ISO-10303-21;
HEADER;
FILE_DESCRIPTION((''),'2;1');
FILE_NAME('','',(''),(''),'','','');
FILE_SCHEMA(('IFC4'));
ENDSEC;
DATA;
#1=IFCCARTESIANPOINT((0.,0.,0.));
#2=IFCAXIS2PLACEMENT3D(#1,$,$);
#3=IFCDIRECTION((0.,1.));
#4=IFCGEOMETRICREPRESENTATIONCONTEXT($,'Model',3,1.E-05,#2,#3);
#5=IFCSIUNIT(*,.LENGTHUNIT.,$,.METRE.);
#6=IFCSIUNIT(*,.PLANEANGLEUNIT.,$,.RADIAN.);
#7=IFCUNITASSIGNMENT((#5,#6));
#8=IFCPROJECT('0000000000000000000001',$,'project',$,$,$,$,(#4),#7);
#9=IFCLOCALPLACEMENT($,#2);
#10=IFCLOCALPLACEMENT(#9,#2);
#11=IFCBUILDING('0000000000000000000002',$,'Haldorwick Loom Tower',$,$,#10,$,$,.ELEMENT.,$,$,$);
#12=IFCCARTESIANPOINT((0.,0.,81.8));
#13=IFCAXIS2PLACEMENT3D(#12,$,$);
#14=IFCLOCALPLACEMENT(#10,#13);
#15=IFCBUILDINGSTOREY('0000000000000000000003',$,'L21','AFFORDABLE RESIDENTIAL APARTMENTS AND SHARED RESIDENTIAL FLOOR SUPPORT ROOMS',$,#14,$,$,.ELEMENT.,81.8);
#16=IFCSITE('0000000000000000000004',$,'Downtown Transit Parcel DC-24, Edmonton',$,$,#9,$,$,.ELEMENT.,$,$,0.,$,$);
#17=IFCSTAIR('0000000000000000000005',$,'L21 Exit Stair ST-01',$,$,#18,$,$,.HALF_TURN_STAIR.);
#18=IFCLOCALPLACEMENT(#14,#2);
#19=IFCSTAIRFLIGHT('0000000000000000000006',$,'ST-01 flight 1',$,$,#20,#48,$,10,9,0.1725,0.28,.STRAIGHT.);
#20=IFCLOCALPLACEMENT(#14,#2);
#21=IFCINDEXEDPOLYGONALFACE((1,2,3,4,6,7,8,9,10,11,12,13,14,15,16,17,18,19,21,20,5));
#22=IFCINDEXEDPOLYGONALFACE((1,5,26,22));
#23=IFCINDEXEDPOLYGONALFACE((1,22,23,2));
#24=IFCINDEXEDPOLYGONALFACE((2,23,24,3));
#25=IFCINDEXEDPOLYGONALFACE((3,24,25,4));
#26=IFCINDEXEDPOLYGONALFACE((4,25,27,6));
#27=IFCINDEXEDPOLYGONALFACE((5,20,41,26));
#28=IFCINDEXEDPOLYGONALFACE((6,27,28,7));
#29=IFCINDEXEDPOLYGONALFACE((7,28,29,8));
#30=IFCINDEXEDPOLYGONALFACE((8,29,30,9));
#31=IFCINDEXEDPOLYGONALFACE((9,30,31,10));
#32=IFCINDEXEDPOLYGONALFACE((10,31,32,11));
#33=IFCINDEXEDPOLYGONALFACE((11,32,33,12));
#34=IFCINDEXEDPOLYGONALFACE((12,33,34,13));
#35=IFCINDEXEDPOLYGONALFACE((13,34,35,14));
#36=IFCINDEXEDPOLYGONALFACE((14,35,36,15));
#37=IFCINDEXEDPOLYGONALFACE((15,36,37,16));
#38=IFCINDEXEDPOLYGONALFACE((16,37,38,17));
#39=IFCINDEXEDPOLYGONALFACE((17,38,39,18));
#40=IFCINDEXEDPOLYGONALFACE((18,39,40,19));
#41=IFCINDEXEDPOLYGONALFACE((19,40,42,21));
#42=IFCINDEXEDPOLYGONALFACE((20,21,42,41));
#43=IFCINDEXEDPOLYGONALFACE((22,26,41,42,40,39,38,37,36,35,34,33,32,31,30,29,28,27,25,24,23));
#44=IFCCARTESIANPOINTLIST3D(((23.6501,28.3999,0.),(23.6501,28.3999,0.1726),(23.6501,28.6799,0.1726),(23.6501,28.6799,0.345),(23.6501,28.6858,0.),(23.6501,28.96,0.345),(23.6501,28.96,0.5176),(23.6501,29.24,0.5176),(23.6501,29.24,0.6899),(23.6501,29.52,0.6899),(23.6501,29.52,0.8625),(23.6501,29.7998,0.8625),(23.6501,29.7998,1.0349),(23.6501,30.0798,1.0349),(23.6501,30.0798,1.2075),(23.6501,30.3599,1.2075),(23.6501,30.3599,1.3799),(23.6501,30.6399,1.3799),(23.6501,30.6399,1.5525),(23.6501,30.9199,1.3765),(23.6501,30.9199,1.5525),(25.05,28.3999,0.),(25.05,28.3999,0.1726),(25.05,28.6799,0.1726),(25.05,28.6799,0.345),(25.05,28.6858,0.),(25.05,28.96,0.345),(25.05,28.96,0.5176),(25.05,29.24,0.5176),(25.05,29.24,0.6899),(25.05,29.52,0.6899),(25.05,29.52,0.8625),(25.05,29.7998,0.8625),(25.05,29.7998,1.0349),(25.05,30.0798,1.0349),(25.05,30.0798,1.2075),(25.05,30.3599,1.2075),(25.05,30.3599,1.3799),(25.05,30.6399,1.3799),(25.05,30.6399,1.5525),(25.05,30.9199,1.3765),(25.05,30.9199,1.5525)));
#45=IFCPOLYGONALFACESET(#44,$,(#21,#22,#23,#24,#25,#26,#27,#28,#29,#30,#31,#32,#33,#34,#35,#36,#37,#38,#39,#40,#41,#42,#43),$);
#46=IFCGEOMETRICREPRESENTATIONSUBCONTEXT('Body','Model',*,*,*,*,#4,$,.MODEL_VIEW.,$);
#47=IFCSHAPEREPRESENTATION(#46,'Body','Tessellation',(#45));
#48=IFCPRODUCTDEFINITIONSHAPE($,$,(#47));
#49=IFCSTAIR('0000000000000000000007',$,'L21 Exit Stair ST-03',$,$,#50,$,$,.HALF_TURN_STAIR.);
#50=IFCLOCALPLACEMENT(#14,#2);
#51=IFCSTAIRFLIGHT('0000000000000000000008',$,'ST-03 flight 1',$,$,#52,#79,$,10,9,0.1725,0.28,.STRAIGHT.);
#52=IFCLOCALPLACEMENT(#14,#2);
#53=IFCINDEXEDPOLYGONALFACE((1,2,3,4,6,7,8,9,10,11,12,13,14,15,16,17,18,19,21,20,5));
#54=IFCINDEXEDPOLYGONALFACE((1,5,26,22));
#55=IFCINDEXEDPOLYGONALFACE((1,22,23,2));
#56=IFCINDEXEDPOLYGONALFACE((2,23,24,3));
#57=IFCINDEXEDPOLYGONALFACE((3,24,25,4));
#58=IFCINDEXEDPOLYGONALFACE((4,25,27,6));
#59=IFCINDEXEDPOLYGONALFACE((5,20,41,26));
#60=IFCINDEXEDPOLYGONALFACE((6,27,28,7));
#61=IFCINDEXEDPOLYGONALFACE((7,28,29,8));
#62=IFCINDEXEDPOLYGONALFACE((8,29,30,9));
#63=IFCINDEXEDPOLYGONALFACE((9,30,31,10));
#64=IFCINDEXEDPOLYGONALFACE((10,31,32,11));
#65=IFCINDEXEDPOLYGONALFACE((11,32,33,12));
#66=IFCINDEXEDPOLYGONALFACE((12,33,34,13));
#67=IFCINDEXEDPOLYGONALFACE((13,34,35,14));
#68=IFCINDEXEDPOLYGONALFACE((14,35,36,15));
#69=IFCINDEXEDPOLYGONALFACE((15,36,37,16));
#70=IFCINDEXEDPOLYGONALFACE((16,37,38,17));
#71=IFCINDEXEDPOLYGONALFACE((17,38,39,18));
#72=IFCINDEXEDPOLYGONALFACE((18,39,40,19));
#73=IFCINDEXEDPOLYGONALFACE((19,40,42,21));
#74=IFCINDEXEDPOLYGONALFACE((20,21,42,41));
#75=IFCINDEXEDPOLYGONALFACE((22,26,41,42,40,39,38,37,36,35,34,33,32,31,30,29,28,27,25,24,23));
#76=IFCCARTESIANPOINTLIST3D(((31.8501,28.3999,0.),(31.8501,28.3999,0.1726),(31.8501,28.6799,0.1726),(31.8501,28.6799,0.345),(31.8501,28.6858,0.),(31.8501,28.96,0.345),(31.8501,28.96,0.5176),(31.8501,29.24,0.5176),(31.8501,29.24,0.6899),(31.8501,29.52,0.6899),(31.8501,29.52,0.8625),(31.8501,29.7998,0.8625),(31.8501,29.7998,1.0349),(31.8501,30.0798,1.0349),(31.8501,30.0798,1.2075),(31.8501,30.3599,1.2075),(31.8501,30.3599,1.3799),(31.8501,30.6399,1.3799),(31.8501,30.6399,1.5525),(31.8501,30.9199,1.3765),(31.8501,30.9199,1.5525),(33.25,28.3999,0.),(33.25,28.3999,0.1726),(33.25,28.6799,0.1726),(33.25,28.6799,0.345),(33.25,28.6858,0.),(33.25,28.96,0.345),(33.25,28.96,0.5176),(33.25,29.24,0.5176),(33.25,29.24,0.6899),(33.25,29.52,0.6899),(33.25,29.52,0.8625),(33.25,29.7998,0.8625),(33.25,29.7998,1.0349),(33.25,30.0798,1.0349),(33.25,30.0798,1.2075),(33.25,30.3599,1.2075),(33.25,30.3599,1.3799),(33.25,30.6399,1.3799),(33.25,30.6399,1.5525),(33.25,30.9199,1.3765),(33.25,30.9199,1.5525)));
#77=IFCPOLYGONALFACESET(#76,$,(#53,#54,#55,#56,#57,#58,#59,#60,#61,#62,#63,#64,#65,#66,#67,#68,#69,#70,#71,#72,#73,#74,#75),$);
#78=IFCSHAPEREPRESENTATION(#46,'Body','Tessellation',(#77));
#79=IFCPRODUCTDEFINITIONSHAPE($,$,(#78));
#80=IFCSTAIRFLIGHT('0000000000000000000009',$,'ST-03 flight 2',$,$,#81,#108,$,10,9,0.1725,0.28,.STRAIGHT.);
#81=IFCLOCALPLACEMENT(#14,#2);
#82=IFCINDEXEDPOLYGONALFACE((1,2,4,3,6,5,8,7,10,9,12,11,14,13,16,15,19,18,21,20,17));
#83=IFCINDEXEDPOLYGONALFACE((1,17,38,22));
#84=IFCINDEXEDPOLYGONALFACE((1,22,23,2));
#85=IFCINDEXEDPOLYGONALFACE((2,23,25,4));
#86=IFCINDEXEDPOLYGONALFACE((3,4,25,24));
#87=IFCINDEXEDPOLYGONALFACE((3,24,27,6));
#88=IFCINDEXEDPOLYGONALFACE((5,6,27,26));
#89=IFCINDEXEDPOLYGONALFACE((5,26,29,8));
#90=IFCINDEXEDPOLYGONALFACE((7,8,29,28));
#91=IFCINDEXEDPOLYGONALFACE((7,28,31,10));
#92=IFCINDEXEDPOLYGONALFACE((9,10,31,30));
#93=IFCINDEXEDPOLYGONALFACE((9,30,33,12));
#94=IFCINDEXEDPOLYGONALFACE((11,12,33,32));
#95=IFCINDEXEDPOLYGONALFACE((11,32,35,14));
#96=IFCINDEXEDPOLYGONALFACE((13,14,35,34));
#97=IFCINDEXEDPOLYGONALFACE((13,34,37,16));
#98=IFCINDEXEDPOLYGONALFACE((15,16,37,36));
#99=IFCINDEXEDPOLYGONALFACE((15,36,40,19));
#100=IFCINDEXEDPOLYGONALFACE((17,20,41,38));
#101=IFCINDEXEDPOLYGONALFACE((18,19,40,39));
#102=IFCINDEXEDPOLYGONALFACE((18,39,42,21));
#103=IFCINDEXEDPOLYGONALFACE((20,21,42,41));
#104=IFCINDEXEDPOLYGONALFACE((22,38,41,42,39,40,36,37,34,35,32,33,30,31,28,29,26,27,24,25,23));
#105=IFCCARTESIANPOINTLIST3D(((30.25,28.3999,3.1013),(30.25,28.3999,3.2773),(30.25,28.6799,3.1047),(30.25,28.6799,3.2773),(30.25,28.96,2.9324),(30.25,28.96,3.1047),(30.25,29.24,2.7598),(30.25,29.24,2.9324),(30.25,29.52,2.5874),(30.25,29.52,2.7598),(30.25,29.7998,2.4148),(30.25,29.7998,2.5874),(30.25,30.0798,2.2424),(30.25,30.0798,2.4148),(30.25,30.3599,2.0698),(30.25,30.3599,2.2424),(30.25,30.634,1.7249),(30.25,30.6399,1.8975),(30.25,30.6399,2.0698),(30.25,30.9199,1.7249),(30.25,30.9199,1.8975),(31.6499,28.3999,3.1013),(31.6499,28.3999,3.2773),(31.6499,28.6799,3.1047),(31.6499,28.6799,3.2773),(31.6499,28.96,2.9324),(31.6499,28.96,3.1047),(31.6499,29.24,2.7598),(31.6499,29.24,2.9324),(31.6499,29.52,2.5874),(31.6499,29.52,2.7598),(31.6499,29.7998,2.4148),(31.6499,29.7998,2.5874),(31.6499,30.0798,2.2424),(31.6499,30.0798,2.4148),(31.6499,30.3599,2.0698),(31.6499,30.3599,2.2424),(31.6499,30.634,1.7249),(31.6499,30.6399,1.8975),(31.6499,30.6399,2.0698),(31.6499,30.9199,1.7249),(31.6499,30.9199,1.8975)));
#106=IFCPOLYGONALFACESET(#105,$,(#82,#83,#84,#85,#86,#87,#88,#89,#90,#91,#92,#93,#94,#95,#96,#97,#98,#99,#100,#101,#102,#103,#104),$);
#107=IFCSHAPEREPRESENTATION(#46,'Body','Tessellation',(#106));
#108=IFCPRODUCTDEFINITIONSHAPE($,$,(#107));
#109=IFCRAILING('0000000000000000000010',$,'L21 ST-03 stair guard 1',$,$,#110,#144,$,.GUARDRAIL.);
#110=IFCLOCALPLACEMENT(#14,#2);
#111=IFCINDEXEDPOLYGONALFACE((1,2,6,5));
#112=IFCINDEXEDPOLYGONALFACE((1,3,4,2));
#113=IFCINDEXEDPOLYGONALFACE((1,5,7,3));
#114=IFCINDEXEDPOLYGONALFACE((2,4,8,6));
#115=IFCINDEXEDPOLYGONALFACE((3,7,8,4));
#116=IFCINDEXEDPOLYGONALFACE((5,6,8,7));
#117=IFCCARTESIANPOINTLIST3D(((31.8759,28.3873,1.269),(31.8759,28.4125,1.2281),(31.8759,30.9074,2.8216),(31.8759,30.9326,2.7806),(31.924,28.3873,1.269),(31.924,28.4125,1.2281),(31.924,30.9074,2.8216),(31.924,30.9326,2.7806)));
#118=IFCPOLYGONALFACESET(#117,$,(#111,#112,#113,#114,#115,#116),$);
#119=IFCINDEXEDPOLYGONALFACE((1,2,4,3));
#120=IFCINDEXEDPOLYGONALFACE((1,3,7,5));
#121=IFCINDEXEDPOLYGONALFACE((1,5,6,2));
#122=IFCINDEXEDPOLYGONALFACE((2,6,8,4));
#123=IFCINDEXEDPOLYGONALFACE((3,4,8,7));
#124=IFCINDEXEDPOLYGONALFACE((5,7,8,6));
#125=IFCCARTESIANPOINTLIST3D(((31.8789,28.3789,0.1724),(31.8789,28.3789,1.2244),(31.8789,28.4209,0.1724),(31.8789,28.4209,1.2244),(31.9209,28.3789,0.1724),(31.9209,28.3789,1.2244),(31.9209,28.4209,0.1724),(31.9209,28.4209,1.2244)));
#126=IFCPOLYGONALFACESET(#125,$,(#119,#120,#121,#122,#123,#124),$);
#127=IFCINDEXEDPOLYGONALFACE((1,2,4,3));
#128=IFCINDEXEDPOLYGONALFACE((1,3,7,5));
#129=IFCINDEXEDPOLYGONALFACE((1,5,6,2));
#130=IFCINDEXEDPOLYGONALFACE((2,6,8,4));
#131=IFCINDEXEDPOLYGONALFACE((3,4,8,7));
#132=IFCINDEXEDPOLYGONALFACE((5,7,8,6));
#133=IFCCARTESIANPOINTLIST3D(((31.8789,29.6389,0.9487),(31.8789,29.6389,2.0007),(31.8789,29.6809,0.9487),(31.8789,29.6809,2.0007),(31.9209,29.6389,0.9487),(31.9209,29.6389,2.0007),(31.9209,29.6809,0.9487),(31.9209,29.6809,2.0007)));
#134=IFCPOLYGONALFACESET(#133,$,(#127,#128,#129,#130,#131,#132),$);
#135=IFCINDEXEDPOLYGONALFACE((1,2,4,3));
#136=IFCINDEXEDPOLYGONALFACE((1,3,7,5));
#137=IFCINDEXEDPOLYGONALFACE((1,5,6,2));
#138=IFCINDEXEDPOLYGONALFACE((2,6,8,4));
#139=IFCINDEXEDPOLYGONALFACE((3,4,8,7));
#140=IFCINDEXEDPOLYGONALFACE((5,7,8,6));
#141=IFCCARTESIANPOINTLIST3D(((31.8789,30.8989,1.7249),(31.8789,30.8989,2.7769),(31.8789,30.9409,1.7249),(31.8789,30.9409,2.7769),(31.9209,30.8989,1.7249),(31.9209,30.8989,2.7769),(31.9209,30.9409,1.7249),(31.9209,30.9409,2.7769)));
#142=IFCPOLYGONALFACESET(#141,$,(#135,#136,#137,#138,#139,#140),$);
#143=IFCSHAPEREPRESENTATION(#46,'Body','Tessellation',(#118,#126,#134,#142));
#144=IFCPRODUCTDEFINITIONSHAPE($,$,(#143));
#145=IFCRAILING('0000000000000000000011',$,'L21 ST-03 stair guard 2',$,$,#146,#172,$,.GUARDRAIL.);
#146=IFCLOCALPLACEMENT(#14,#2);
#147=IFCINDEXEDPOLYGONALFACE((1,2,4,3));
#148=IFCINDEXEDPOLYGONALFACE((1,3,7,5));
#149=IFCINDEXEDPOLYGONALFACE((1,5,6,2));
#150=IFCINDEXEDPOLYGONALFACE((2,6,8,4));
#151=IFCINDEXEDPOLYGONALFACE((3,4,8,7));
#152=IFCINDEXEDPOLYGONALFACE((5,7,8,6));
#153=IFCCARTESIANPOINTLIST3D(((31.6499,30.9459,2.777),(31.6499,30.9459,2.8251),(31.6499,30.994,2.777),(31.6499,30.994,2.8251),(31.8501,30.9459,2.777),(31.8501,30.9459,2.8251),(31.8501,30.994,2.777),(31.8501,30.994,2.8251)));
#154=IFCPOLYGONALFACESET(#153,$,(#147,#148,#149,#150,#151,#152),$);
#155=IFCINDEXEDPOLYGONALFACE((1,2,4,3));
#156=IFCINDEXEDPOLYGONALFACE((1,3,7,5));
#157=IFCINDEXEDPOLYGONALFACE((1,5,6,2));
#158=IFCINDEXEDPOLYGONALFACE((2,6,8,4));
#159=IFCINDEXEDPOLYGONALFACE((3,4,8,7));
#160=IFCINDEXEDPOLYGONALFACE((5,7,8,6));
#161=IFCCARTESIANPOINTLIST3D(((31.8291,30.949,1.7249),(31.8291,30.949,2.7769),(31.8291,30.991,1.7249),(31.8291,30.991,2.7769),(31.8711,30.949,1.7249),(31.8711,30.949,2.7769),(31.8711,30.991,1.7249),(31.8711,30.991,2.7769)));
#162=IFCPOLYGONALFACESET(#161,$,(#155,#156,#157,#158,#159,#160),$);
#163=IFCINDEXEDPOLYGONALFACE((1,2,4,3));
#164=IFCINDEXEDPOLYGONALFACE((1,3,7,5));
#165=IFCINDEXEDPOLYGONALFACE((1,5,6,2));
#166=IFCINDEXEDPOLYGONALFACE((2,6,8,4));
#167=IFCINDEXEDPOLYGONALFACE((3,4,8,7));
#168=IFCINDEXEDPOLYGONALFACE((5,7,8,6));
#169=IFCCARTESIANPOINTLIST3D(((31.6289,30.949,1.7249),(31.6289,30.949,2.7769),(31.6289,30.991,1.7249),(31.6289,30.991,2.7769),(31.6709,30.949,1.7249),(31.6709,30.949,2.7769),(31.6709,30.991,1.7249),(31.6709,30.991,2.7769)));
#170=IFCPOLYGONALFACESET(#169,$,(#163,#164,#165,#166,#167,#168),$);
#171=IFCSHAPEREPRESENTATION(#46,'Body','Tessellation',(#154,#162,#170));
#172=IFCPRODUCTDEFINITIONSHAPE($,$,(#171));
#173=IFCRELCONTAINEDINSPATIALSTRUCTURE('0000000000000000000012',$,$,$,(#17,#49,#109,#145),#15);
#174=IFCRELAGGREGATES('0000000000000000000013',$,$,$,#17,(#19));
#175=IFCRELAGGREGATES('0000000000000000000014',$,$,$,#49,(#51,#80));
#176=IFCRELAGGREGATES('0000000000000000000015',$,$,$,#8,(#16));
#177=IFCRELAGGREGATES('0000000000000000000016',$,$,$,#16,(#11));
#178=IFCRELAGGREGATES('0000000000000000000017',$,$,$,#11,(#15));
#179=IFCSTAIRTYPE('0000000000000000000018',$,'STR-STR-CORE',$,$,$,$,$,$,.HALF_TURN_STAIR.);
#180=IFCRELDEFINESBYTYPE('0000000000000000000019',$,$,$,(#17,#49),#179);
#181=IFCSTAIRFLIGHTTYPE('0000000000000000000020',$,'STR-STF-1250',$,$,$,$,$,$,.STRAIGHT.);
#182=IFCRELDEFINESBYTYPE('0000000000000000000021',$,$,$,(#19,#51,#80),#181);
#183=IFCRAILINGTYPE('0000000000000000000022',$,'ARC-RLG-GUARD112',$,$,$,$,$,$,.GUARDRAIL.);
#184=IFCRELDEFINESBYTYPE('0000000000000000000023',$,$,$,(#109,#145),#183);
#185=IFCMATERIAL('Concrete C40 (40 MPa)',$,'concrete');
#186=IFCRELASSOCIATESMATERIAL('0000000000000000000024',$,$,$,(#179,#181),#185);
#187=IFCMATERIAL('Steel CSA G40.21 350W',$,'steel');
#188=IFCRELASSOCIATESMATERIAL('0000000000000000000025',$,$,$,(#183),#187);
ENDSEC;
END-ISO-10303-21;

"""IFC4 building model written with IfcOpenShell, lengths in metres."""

from ifc_helpers import new_model, si_unit, direction, frame, origin, origin_2d, place, context, subcontext, project, spatial, polyline, rectangle, outline, extrude, material, type_object, element, aggregate, save


model = new_model("IFC4")

# Units and contexts
model_context = context("Model", 3, precision=1e-05, world=origin(), true_north=direction((0.0, 1.0)))
body_context = subcontext(model_context, "Body", "Model", "MODEL_VIEW")
ifc_project = project(units=[si_unit("LENGTHUNIT", "METRE"), si_unit("PLANEANGLEUNIT", "RADIAN")], contexts=[model_context])

# Site, building, storey
site_placement = place(None, origin())
site = spatial("IfcSite", under=ifc_project, at=site_placement, Name="Downtown Transit Parcel DC-24, Edmonton", CompositionType="ELEMENT", RefElevation=0.0)
building_placement = place(site_placement, origin())
building = spatial("IfcBuilding", under=site, at=building_placement, Name="Haldorwick Loom Tower", CompositionType="ELEMENT")
storey_placement = place(building_placement, frame((0.0, 0.0, 81.8)))
storey = spatial("IfcBuildingStorey", under=building, at=storey_placement, Name="L21", Description="AFFORDABLE RESIDENTIAL APARTMENTS AND SHARED RESIDENTIAL FLOOR SUPPORT ROOMS", CompositionType="ELEMENT", Elevation=81.8)

# Shared definitions
ifc_material_1 = material(Name="Steel CSA G40.21 350W", Category="steel")

# Stair, stair flight
ifc_material_2 = material(Name="Concrete C40 (40 MPa)", Category="concrete")
stair_type = type_object("IfcStairType", Name="STR-STR-CORE", PredefinedType="HALF_TURN_STAIR", material=ifc_material_2)
stair_1_placement = place(storey_placement, origin())
stair_1 = element("IfcStair", 1, at=stair_1_placement, inside=storey, type_object=stair_type, Name="L21 Exit Stair ST-01", PredefinedType="HALF_TURN_STAIR")
stair_flight_type = type_object("IfcStairFlightType", Name="STR-STF-1250", PredefinedType="STRAIGHT", material=ifc_material_2)
stair_flight_1_placement = place(storey_placement, frame((24.3501, 28.3999, 0.0), z_axis=(0.0, 0.0, 1.0), x_axis=(0.0, 1.0, 0.0)))
stair_flight_1 = element("IfcStairFlight", 2, at=stair_flight_1_placement, type_object=stair_flight_type, Name="ST-01 flight 1", NumberOfRisers=10, NumberOfTreads=9, PredefinedType="STRAIGHT", RiserHeight=0.1725, TreadLength=0.28, context=body_context, shape_type="SweptSolid", body=[
    extrude(outline(polyline([(0.0, 0.0), (0.0, 0.1726), (0.28, 0.1726), (0.28, 0.345), (0.5601, 0.345), (0.5601, 0.5176), (0.8401, 0.5176), (0.8401, 0.6899), (1.1201, 0.6899), (1.1201, 0.8625), (1.3999, 0.8625), (1.3999, 1.0349), (1.6799, 1.0349), (1.6799, 1.2075), (1.96, 1.2075), (1.96, 1.3799), (2.24, 1.3799), (2.24, 1.5525), (2.52, 1.5525), (2.52, 1.7251), (2.52, 1.3765), (0.2859, 0.0), (0.0, 0.0)])), frame((0.0, 0.7, 0.0), z_axis=(0.0, -1.0, 0.0), x_axis=(1.0, 0.0, 0.0)), (0.0, 0.0, 1.0), 1.3999),
])
aggregate(stair_1, [stair_flight_1])

# Stair, stair flights
stair_2_placement = place(storey_placement, origin())
stair_2 = element("IfcStair", 3, at=stair_2_placement, inside=storey, type_object=stair_type, Name="L21 Exit Stair ST-03", PredefinedType="HALF_TURN_STAIR")
stair_flight_2_placement = place(storey_placement, frame((32.55, 28.3999, 0.0), z_axis=(0.0, 0.0, 1.0), x_axis=(0.0, 1.0, 0.0)))
stair_flight_2 = element("IfcStairFlight", 4, at=stair_flight_2_placement, type_object=stair_flight_type, Name="ST-03 flight 1", NumberOfRisers=10, NumberOfTreads=9, PredefinedType="STRAIGHT", RiserHeight=0.1725, TreadLength=0.28, context=body_context, shape_type="SweptSolid", body=[
    extrude(outline(polyline([(0.0, 0.0), (0.0, 0.1726), (0.28, 0.1726), (0.28, 0.345), (0.5601, 0.345), (0.5601, 0.5176), (0.8401, 0.5176), (0.8401, 0.6899), (1.1201, 0.6899), (1.1201, 0.8625), (1.3999, 0.8625), (1.3999, 1.0349), (1.6799, 1.0349), (1.6799, 1.2075), (1.96, 1.2075), (1.96, 1.3799), (2.24, 1.3799), (2.24, 1.5525), (2.52, 1.5525), (2.52, 1.7251), (2.52, 1.3765), (0.2859, 0.0), (0.0, 0.0)])), frame((0.0, 0.7, 0.0), z_axis=(0.0, -1.0, 0.0), x_axis=(1.0, 0.0, 0.0)), (0.0, 0.0, 1.0), 1.3999),
])
stair_flight_3_placement = place(storey_placement, frame((30.95, 30.9199, 1.7249), z_axis=(0.0, 0.0, 1.0), x_axis=(0.0, -1.0, 0.0)))
stair_flight_3 = element("IfcStairFlight", 5, at=stair_flight_3_placement, type_object=stair_flight_type, Name="ST-03 flight 2", NumberOfRisers=10, NumberOfTreads=9, PredefinedType="STRAIGHT", RiserHeight=0.1725, TreadLength=0.28, context=body_context, shape_type="SweptSolid", body=[
    extrude(outline(polyline([(0.0, 0.0), (0.0, 0.1726), (0.28, 0.1726), (0.28, 0.345), (0.5601, 0.345), (0.5601, 0.5176), (0.8401, 0.5176), (0.8401, 0.6899), (1.1201, 0.6899), (1.1201, 0.8625), (1.3999, 0.8625), (1.3999, 1.0349), (1.6799, 1.0349), (1.6799, 1.2075), (1.96, 1.2075), (1.96, 1.3799), (2.24, 1.3799), (2.24, 1.5525), (2.52, 1.5525), (2.52, 1.7251), (2.52, 1.3765), (0.2859, 0.0), (0.0, 0.0)])), frame((0.0, 0.7, 0.0), z_axis=(0.0, -1.0, 0.0), x_axis=(1.0, 0.0, 0.0)), (0.0, 0.0, 1.0), 1.3999),
])
aggregate(stair_2, [stair_flight_2, stair_flight_3])

# Railings
railing_type_1 = type_object("IfcRailingType", Name="ARC-RLG-GUARD112", PredefinedType="GUARDRAIL", material=ifc_material_1)
railing_1_placement = place(storey_placement, frame((31.8999, 28.3999, 0.1724)))
element("IfcRailing", 6, at=railing_1_placement, inside=storey, type_object=railing_type_1, Name="L21 ST-03 stair guard 1", PredefinedType="GUARDRAIL", context=body_context, shape_type="SweptSolid", body=[
    extrude(rectangle(XDim=0.0481, YDim=0.0481, at=origin_2d()), frame((0.0, 0.0, 1.0762), z_axis=(0.0, 0.8514, 0.524516), x_axis=(-1.0, 0.0, 0.0)), (0.0, 0.0, 1.0), 2.96),
    extrude(rectangle(XDim=0.042, YDim=0.042, at=origin_2d()), origin(), (0.0, 0.0, 1.0), 1.052),
    extrude(rectangle(XDim=0.042, YDim=0.042, at=origin_2d()), frame((0.0, 1.26, 0.7764)), (0.0, 0.0, 1.0), 1.052),
    extrude(rectangle(XDim=0.042, YDim=0.042, at=origin_2d()), frame((0.0, 2.52, 1.5525)), (0.0, 0.0, 1.0), 1.052),
])
railing_2_placement = place(storey_placement, frame((31.8501, 30.97, 1.7249)))
element("IfcRailing", 7, at=railing_2_placement, inside=storey, type_object=railing_type_1, Name="L21 ST-03 stair guard 2", PredefinedType="GUARDRAIL", context=body_context, shape_type="SweptSolid", body=[
    extrude(rectangle(XDim=0.0481, YDim=0.0481, at=origin_2d()), frame((0.0, 0.0, 1.0762), z_axis=(-1.0, 0.0, 0.0), x_axis=(0.0, -1.0, 0.0)), (0.0, 0.0, 1.0), 0.2002),
    extrude(rectangle(XDim=0.042, YDim=0.042, at=origin_2d()), origin(), (0.0, 0.0, 1.0), 1.052),
    extrude(rectangle(XDim=0.042, YDim=0.042, at=origin_2d()), frame((-0.2002, 0.0, 0.0)), (0.0, 0.0, 1.0), 1.052),
])

save(model, "model.ifc")
